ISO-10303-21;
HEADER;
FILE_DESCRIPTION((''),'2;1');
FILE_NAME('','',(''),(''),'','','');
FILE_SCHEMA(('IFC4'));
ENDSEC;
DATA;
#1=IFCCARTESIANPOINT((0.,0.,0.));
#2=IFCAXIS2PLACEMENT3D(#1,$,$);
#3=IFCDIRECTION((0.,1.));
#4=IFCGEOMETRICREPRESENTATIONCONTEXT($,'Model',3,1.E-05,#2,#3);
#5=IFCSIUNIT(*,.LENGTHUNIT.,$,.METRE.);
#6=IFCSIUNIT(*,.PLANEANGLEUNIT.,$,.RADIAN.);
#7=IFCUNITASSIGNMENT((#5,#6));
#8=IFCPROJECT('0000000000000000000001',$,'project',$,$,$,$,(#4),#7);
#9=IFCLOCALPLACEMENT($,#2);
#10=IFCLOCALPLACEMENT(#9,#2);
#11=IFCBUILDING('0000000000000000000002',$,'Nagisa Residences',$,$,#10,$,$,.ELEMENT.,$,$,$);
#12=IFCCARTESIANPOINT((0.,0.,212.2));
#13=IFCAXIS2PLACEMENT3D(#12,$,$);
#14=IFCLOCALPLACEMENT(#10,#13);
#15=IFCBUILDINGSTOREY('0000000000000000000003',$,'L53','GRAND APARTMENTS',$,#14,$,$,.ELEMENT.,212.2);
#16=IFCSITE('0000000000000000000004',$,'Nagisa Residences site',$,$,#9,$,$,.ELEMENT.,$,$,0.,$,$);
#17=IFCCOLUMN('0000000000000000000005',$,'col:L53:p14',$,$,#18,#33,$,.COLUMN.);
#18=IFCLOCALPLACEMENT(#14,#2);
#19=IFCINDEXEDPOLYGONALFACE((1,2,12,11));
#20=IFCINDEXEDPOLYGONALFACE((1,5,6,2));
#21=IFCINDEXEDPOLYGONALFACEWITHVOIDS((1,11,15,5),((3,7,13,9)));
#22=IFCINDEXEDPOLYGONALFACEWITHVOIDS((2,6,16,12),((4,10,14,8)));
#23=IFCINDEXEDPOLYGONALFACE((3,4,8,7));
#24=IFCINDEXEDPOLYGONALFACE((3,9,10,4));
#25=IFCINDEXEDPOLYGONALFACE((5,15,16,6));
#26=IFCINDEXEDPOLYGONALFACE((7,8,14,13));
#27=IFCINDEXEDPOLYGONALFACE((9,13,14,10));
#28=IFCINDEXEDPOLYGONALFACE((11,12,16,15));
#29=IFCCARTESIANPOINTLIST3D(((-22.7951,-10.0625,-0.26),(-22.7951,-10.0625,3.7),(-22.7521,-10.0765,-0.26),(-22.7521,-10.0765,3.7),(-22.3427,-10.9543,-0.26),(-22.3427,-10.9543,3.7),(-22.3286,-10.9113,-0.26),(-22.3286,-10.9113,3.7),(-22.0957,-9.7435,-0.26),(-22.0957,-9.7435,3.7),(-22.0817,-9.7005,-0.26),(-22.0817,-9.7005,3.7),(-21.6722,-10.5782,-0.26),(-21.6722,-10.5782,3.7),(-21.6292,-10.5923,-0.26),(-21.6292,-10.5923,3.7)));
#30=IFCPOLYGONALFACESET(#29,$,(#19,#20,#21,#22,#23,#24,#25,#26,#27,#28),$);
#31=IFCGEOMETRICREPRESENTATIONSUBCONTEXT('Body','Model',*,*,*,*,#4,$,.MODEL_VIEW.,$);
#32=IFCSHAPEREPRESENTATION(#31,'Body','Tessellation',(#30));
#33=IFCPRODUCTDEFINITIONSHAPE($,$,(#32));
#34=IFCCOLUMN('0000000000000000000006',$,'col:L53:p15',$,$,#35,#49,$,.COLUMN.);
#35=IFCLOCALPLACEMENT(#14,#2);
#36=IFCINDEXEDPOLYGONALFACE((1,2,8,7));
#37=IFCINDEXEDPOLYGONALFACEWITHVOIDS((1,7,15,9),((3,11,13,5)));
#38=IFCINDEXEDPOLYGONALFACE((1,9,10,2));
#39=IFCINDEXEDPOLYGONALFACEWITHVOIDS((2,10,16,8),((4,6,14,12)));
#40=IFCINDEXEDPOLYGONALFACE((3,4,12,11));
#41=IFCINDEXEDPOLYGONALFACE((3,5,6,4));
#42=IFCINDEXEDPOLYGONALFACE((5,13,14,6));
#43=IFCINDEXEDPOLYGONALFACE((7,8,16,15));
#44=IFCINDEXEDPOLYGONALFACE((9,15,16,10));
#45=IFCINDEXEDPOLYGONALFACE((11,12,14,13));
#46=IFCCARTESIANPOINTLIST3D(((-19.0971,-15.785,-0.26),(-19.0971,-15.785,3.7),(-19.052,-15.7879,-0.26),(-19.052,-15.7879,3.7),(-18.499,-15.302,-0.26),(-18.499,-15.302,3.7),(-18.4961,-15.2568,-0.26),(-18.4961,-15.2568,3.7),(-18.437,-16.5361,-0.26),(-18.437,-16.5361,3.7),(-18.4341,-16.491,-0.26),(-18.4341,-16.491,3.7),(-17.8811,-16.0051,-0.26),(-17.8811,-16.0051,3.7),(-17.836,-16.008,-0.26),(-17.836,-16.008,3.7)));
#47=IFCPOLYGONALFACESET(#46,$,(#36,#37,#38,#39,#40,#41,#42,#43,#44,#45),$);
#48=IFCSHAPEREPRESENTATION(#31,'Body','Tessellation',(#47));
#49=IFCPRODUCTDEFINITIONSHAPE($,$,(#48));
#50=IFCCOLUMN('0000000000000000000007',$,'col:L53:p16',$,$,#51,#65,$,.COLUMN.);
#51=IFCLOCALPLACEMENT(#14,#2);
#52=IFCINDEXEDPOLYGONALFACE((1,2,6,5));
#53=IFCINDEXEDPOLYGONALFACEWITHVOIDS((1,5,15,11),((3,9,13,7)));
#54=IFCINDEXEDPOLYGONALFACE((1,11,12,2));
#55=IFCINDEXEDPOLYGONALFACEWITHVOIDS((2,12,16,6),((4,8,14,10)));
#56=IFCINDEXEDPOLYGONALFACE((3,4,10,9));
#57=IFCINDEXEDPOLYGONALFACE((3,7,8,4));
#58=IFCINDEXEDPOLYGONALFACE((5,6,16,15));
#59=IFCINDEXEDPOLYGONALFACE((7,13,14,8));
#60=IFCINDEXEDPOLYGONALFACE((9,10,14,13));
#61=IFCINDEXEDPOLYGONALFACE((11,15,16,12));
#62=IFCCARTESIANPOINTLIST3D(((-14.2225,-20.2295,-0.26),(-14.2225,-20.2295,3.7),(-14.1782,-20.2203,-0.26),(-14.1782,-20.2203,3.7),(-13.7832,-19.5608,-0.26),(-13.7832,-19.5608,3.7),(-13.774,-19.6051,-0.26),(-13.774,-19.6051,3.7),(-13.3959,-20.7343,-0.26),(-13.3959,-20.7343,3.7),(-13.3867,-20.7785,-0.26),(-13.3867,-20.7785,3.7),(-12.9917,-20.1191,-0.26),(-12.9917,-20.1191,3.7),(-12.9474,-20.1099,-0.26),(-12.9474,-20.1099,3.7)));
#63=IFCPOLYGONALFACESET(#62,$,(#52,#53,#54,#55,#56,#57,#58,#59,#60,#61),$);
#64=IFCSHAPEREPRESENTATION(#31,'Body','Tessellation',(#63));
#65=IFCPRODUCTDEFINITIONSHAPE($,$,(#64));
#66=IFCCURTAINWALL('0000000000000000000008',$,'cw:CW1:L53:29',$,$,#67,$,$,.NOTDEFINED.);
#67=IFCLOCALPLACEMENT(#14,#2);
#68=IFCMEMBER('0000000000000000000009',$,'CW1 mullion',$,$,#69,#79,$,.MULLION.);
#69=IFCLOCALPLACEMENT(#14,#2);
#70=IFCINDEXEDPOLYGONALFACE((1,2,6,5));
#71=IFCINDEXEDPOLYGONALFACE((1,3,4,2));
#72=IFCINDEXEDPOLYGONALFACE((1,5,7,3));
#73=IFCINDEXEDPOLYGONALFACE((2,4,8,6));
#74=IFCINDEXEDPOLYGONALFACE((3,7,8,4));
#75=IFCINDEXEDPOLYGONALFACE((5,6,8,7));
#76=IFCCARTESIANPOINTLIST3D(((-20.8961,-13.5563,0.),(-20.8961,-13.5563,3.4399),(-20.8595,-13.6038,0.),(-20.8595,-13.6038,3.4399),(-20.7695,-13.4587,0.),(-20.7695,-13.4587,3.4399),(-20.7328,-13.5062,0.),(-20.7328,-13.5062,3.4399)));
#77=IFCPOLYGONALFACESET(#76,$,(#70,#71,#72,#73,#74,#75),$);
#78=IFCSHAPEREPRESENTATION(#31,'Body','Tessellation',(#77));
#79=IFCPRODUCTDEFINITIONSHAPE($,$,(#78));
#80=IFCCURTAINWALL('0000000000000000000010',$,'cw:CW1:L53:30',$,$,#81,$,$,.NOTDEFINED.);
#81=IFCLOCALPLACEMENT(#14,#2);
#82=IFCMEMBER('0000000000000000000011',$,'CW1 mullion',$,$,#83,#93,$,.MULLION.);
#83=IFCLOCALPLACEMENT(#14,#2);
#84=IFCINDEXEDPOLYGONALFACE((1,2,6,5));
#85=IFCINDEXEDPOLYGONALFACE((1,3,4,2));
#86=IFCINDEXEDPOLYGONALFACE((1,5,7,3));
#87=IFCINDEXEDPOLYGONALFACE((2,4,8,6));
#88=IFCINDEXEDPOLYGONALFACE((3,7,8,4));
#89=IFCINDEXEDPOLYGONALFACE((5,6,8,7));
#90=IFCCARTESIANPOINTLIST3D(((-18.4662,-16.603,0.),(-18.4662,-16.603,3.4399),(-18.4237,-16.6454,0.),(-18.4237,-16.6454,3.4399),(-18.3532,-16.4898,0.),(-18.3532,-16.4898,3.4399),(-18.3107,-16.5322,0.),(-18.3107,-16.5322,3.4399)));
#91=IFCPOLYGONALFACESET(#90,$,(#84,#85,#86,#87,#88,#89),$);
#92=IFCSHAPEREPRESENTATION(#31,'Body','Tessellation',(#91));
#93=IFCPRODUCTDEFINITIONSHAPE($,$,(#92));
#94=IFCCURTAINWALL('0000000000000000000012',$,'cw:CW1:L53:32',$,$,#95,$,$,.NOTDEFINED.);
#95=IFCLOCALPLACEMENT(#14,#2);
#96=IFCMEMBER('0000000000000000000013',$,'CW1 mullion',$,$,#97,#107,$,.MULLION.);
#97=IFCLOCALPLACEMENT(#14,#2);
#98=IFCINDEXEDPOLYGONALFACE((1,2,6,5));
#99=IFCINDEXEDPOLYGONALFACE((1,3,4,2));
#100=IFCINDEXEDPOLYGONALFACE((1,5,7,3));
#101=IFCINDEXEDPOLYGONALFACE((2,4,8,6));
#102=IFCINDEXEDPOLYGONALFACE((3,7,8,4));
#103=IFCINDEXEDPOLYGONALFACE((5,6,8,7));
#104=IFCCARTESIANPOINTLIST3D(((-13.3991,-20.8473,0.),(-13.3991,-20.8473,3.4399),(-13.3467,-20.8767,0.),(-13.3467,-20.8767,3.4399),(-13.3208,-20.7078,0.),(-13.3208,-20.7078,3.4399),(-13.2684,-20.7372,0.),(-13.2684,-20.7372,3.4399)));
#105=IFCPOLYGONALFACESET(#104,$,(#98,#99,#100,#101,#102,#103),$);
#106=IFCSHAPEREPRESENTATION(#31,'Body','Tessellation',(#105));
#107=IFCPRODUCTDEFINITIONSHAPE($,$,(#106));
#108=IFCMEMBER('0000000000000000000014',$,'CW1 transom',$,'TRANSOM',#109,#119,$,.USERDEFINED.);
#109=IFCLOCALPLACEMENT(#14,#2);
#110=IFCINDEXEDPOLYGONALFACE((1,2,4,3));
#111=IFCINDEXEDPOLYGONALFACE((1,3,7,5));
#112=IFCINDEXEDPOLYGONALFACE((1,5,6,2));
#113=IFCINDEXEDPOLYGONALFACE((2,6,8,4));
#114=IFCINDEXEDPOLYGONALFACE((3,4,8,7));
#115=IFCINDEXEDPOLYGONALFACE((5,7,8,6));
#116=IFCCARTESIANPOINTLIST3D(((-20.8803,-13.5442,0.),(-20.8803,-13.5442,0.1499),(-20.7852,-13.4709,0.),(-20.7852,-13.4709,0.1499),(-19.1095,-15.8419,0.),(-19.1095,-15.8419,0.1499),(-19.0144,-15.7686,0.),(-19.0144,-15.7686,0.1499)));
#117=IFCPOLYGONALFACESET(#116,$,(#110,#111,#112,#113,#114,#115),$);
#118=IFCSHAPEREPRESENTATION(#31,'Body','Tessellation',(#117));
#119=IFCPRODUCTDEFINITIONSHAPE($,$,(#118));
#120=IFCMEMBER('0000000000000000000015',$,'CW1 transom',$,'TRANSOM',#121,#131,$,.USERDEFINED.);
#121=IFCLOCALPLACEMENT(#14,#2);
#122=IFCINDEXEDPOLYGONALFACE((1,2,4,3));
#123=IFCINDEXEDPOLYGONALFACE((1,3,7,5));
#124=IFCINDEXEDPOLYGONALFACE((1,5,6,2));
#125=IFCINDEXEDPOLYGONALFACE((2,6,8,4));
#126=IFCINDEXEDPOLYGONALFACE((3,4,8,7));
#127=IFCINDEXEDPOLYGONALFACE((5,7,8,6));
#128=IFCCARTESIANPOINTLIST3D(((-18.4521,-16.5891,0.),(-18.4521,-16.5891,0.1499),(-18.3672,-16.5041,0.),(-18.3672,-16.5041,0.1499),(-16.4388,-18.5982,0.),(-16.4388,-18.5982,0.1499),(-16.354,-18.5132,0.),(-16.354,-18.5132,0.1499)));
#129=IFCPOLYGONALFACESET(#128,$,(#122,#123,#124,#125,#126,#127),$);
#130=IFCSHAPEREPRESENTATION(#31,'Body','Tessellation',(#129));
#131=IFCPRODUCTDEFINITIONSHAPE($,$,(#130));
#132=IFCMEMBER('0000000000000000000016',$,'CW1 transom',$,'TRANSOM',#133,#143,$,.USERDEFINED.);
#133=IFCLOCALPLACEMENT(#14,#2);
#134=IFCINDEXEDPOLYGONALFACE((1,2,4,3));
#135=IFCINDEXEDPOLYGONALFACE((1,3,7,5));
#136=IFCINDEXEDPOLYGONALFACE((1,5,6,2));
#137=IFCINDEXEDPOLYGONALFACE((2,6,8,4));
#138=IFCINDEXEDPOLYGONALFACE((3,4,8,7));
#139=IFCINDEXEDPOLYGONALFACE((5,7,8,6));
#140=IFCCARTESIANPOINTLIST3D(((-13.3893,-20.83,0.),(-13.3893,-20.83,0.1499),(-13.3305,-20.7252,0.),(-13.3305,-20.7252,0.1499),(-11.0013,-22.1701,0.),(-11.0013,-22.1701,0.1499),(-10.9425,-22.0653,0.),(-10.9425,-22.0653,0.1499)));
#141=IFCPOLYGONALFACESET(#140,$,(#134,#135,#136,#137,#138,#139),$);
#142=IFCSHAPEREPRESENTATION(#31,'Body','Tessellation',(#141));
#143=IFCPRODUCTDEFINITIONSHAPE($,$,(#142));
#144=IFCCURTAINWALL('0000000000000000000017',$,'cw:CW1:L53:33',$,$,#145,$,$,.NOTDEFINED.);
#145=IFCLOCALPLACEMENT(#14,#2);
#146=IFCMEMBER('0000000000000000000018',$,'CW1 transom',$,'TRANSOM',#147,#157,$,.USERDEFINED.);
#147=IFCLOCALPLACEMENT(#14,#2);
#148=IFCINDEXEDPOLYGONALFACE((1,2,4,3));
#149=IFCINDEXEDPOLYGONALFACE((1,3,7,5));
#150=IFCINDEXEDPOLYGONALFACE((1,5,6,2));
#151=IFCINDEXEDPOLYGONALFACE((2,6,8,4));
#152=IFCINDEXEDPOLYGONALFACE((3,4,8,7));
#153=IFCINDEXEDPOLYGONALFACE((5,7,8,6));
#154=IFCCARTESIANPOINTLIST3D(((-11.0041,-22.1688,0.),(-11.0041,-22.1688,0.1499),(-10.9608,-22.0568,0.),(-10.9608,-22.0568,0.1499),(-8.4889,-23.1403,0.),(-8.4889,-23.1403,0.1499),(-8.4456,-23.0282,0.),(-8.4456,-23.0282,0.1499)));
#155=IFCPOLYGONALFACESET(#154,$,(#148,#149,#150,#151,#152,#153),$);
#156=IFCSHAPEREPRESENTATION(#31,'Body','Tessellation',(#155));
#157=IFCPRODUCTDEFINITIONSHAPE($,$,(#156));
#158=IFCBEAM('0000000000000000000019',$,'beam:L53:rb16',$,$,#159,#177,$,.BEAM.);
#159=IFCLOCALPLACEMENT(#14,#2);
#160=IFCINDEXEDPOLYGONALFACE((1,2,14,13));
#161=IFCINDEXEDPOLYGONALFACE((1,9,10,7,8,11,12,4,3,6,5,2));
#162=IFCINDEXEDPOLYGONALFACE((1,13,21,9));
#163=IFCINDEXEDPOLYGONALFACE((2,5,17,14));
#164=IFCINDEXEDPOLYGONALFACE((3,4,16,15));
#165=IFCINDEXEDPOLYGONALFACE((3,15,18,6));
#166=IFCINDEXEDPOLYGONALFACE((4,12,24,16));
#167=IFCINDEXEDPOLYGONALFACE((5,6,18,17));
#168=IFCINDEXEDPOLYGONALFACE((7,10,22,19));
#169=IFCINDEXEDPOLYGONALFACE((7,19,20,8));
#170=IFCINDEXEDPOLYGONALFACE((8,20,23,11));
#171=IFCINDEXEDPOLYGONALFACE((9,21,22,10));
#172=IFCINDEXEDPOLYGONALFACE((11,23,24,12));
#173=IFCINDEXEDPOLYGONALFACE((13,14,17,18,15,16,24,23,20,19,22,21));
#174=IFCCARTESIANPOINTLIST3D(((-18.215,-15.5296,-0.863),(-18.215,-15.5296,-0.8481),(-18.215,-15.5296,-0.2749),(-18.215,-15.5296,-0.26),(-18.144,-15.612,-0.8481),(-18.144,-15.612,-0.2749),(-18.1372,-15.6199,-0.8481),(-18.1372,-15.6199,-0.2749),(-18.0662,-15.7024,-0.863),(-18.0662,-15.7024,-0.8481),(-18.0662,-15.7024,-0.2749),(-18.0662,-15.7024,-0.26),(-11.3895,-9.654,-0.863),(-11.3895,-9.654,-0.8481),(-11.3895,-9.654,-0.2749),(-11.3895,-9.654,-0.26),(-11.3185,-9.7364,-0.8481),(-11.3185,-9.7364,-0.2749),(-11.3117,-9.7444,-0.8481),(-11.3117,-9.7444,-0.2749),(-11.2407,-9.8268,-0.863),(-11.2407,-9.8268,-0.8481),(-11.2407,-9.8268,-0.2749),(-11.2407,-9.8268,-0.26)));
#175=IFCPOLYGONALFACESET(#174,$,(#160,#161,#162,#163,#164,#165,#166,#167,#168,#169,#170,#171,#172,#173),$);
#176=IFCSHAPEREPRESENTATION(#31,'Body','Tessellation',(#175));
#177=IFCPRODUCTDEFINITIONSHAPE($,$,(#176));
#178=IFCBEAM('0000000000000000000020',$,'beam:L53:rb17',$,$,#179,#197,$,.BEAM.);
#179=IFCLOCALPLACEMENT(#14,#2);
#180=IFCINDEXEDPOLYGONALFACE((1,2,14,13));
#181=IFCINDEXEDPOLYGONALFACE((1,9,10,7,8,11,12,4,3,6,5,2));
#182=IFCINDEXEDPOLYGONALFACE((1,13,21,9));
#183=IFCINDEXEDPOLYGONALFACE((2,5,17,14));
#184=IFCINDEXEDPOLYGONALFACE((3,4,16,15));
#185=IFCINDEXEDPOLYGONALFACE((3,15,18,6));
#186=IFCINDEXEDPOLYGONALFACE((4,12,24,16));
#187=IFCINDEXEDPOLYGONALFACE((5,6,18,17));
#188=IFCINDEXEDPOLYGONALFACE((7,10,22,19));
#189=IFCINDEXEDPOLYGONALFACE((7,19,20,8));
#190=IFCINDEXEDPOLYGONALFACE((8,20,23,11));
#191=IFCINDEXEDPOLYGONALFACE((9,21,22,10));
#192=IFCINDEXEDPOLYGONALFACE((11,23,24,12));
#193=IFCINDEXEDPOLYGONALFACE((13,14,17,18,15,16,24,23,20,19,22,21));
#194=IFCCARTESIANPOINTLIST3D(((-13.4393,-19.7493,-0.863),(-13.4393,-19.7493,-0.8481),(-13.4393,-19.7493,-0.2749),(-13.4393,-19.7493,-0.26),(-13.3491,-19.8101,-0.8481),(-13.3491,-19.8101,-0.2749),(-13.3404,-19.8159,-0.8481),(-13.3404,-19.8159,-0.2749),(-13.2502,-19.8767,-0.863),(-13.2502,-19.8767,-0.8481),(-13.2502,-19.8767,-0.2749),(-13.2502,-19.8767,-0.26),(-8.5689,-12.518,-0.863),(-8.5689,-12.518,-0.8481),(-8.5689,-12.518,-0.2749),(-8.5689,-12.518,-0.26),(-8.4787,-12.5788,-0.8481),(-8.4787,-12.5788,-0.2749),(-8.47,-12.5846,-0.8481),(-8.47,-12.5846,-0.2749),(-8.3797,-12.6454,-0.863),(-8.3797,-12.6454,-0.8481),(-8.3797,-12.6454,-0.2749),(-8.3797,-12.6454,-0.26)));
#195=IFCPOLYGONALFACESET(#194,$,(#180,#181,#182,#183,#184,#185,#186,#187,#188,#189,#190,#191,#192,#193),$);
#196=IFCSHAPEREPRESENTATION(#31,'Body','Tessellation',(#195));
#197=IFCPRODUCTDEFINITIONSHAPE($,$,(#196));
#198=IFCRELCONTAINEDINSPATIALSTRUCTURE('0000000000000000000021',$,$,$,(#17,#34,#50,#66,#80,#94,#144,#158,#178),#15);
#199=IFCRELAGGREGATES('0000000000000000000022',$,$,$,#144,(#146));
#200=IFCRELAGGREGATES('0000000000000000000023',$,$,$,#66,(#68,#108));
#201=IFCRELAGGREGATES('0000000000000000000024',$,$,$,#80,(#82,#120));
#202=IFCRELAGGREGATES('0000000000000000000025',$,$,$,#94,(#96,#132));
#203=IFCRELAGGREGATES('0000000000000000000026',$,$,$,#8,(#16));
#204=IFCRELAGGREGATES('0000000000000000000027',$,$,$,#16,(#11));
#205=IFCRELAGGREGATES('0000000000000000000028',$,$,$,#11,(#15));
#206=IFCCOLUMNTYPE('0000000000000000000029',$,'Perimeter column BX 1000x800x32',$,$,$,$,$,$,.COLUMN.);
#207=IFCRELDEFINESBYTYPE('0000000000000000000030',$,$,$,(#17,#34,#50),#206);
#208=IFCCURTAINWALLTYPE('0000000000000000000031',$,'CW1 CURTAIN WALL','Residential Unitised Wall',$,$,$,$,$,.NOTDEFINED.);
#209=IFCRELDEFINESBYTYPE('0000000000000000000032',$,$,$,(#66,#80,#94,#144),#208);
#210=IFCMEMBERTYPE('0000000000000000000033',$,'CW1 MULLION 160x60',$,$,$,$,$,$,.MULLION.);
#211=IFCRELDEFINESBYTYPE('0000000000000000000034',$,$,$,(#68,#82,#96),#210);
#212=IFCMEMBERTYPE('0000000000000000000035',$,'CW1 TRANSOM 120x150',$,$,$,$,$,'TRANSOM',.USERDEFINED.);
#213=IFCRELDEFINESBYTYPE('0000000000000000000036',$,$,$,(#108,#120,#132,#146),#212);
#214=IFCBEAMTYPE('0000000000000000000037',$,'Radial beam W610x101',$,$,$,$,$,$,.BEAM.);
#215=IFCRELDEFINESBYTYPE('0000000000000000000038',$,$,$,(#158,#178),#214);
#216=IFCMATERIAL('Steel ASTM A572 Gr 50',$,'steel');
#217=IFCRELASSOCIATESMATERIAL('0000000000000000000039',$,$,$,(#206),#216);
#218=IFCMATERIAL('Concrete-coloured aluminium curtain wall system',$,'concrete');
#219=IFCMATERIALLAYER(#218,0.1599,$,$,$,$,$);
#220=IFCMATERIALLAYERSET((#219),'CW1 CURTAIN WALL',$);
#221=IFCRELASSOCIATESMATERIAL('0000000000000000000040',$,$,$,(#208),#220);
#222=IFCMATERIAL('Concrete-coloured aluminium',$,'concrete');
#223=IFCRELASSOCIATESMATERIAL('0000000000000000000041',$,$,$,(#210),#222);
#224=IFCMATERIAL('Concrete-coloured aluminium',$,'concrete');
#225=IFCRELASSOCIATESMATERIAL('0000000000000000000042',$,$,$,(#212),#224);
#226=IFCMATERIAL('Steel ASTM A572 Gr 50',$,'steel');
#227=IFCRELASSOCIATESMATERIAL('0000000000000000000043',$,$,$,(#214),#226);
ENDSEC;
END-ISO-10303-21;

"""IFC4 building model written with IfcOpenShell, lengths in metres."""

from ifc_helpers import new_model, si_unit, direction, frame, origin, origin_2d, place, context, subcontext, project, spatial, rectangle, hollow_rectangle, i_section, extrude, material, layer, layer_set, material_profile, profile_set, type_object, element, aggregate, save


model = new_model("IFC4")

# Units and contexts
model_context = context("Model", 3, precision=1e-05, world=origin(), true_north=direction((0.0, 1.0)))
body_context = subcontext(model_context, "Body", "Model", "MODEL_VIEW")
ifc_project = project(units=[si_unit("LENGTHUNIT", "METRE"), si_unit("PLANEANGLEUNIT", "RADIAN")], contexts=[model_context])

# Site, building, storey
site_placement = place(None, origin())
site = spatial("IfcSite", under=ifc_project, at=site_placement, Name="Nagisa Residences site", CompositionType="ELEMENT", RefElevation=0.0)
building_placement = place(site_placement, origin())
building = spatial("IfcBuilding", under=site, at=building_placement, Name="Nagisa Residences", CompositionType="ELEMENT")
storey_placement = place(building_placement, frame((0.0, 0.0, 212.2)))
storey = spatial("IfcBuildingStorey", under=building, at=storey_placement, Name="L53", Description="GRAND APARTMENTS", CompositionType="ELEMENT", Elevation=212.2)

# Columns
ifc_material_1 = material(Name="Steel ASTM A572 Gr 50", Category="steel")
ifc_material_profile_1 = material_profile(ifc_material_1, hollow_rectangle(XDim=1.0, YDim=0.8, WallThickness=0.032, at=origin_2d()), Name="BX 1000x800x32")
ifc_profile_set_1 = profile_set([ifc_material_profile_1], Name="Steel ASTM A572 Gr 50")
column_type = type_object("IfcColumnType", Name="Perimeter column BX 1000x800x32", PredefinedType="COLUMN", material=ifc_profile_set_1)
for number, where, z_axis, x_axis, name in (
    (1, (-22.2122, -10.3274, -0.26), (0.0, 0.0, 1.0), (0.452463, -0.891783, 0.0), "col:L53:p14"),
    (2, (-18.4666, -15.8965, -0.26), (0.0, 0.0, 1.0), (0.660115, -0.751165, 0.0), "col:L53:p15"),
    (3, (-13.585, -20.1697, -0.26), (0.0, 0.0, 1.0), (0.835766, -0.549086, 0.0), "col:L53:p16"),
):
    element("IfcColumn", number, at=place(storey_placement, frame(where, z_axis=z_axis, x_axis=x_axis)), inside=storey, type_object=column_type, Name=name, PredefinedType="COLUMN", context=body_context, shape_type="SweptSolid", body=[
        extrude(hollow_rectangle(XDim=1.0, YDim=0.8, WallThickness=0.032, at=origin_2d()), origin(), (0.0, 0.0, 1.0), 3.96),
    ])

# Curtain walls, members
ifc_material_2 = material(Name="Concrete-coloured aluminium curtain wall system", Category="concrete")
ifc_layer_1 = layer(ifc_material_2, 0.1599)
ifc_layer_set_1 = layer_set([ifc_layer_1], Name="CW1 CURTAIN WALL")
curtain_wall_type = type_object("IfcCurtainWallType", Name="CW1 CURTAIN WALL", Description="Residential Unitised Wall", PredefinedType="NOTDEFINED", material=ifc_layer_set_1)
curtain_wall_1_placement = place(storey_placement, origin())
curtain_wall_1 = element("IfcCurtainWall", 4, at=curtain_wall_1_placement, inside=storey, type_object=curtain_wall_type, Name="cw:CW1:L53:29", PredefinedType="NOTDEFINED")
ifc_material_3 = material(Name="Concrete-coloured aluminium", Category="concrete")
ifc_material_profile_2 = material_profile(ifc_material_3, rectangle(XDim=0.1599, YDim=0.0601, at=origin_2d()), Name="CW1 MULLION 160x60")
ifc_profile_set_2 = profile_set([ifc_material_profile_2], Name="Concrete-coloured aluminium")
member_type_1 = type_object("IfcMemberType", Name="CW1 MULLION 160x60", PredefinedType="MULLION", material=ifc_profile_set_2)
member_1_placement = place(storey_placement, frame((-20.8145, -13.5312, 0.0), z_axis=(0.0, 0.0, 1.0), x_axis=(0.79207, 0.61043, 0.0)))
member_1 = element("IfcMember", 5, at=member_1_placement, type_object=member_type_1, Name="CW1 mullion", PredefinedType="MULLION", context=body_context, shape_type="SweptSolid", body=[
    extrude(rectangle(XDim=0.1599, YDim=0.0601, at=origin_2d()), origin(), (0.0, 0.0, 1.0), 3.4399),
])
curtain_wall_2_placement = place(storey_placement, origin())
curtain_wall_2 = element("IfcCurtainWall", 6, at=curtain_wall_2_placement, inside=storey, type_object=curtain_wall_type, Name="cw:CW1:L53:30", PredefinedType="NOTDEFINED")
member_2_placement = place(storey_placement, frame((-18.3884, -16.5676, 0.0), z_axis=(0.0, 0.0, 1.0), x_axis=(0.706377, 0.707836, 0.0)))
member_2 = element("IfcMember", 7, at=member_2_placement, type_object=member_type_1, Name="CW1 mullion", PredefinedType="MULLION", context=body_context, shape_type="SweptSolid", body=[
    extrude(rectangle(XDim=0.1599, YDim=0.0601, at=origin_2d()), origin(), (0.0, 0.0, 1.0), 3.4399),
])
curtain_wall_3_placement = place(storey_placement, origin())
curtain_wall_3 = element("IfcCurtainWall", 8, at=curtain_wall_3_placement, inside=storey, type_object=curtain_wall_type, Name="cw:CW1:L53:32", PredefinedType="NOTDEFINED")
member_3_placement = place(storey_placement, frame((-13.3337, -20.7922, 0.0), z_axis=(0.0, 0.0, 1.0), x_axis=(0.489377, 0.872072, 0.0)))
member_3 = element("IfcMember", 9, at=member_3_placement, type_object=member_type_1, Name="CW1 mullion", PredefinedType="MULLION", context=body_context, shape_type="SweptSolid", body=[
    extrude(rectangle(XDim=0.1599, YDim=0.0601, at=origin_2d()), origin(), (0.0, 0.0, 1.0), 3.4399),
])

# Members
ifc_material_4 = material(Name="Concrete-coloured aluminium", Category="concrete")
ifc_material_profile_3 = material_profile(ifc_material_4, rectangle(XDim=0.1201, YDim=0.1499, at=origin_2d()), Name="CW1 TRANSOM 120x150")
ifc_profile_set_3 = profile_set([ifc_material_profile_3], Name="Concrete-coloured aluminium")
member_type_2 = type_object("IfcMemberType", Name="CW1 TRANSOM 120x150", ElementType="TRANSOM", PredefinedType="USERDEFINED", material=ifc_profile_set_3)
member_4_placement = place(storey_placement, frame((-20.8328, -13.5076, 0.075), z_axis=(0.610439, -0.792064, 0.0), x_axis=(0.792064, 0.610439, 0.0)))
member_4 = element("IfcMember", 10, at=member_4_placement, type_object=member_type_2, Name="CW1 transom", ObjectType="TRANSOM", PredefinedType="USERDEFINED", context=body_context, shape_type="SweptSolid", body=[
    extrude(rectangle(XDim=0.1201, YDim=0.1499, at=origin_2d()), origin(), (0.0, 0.0, 1.0), 2.9009),
])
member_5_placement = place(storey_placement, frame((-18.4097, -16.5466, 0.075), z_axis=(0.707836, -0.706377, 0.0), x_axis=(0.706377, 0.707836, 0.0)))
member_5 = element("IfcMember", 11, at=member_5_placement, type_object=member_type_2, Name="CW1 transom", ObjectType="TRANSOM", PredefinedType="USERDEFINED", context=body_context, shape_type="SweptSolid", body=[
    extrude(rectangle(XDim=0.1201, YDim=0.1499, at=origin_2d()), origin(), (0.0, 0.0, 1.0), 2.8442),
])
member_6_placement = place(storey_placement, frame((-13.3599, -20.7776, 0.075), z_axis=(0.872063, -0.489393, 0.0), x_axis=(0.489393, 0.872063, 0.0)))
member_6 = element("IfcMember", 12, at=member_6_placement, type_object=member_type_2, Name="CW1 transom", ObjectType="TRANSOM", PredefinedType="USERDEFINED", context=body_context, shape_type="SweptSolid", body=[
    extrude(rectangle(XDim=0.1201, YDim=0.1499, at=origin_2d()), origin(), (0.0, 0.0, 1.0), 2.7383),
])

# Curtain wall, member
curtain_wall_4_placement = place(storey_placement, origin())
curtain_wall_4 = element("IfcCurtainWall", 13, at=curtain_wall_4_placement, inside=storey, type_object=curtain_wall_type, Name="cw:CW1:L53:33", PredefinedType="NOTDEFINED")
member_7_placement = place(storey_placement, frame((-10.9824, -22.1128, 0.075), z_axis=(0.932838, -0.360295, 0.0), x_axis=(0.360295, 0.932838, 0.0)))
member_7 = element("IfcMember", 14, at=member_7_placement, type_object=member_type_2, Name="CW1 transom", ObjectType="TRANSOM", PredefinedType="USERDEFINED", context=body_context, shape_type="SweptSolid", body=[
    extrude(rectangle(XDim=0.1201, YDim=0.1499, at=origin_2d()), origin(), (0.0, 0.0, 1.0), 2.6963),
])
aggregate(curtain_wall_4, [member_7])

# Beams
ifc_material_5 = material(Name="Steel ASTM A572 Gr 50", Category="steel")
ifc_material_profile_4 = material_profile(ifc_material_5, i_section(OverallWidth=0.228, OverallDepth=0.603, WebThickness=0.0105, FlangeThickness=0.0149, at=origin_2d()), Name="W610x101")
ifc_profile_set_4 = profile_set([ifc_material_profile_4], Name="Steel ASTM A572 Gr 50")
beam_type = type_object("IfcBeamType", Name="Radial beam W610x101", PredefinedType="BEAM", material=ifc_profile_set_4)
beam_1_placement = place(storey_placement, frame((-18.1406, -15.616, -0.5615), z_axis=(0.757877, 0.652397, 0.0), x_axis=(-0.652397, 0.757877, 0.0)))
element("IfcBeam", 15, at=beam_1_placement, inside=storey, type_object=beam_type, Name="beam:L53:rb16", PredefinedType="BEAM", context=body_context, shape_type="SweptSolid", body=[
    extrude(i_section(OverallWidth=0.228, OverallDepth=0.603, WebThickness=0.0105, FlangeThickness=0.0149, at=origin_2d()), origin(), (0.0, 0.0, 1.0), 9.0061),
])
beam_2_placement = place(storey_placement, frame((-13.3447, -19.813, -0.5615), z_axis=(0.558629, 0.829417, 0.0), x_axis=(-0.829417, 0.558629, 0.0)))
element("IfcBeam", 16, at=beam_2_placement, inside=storey, type_object=beam_type, Name="beam:L53:rb17", PredefinedType="BEAM", context=body_context, shape_type="SweptSolid", body=[
    extrude(i_section(OverallWidth=0.228, OverallDepth=0.603, WebThickness=0.0105, FlangeThickness=0.0149, at=origin_2d()), origin(), (0.0, 0.0, 1.0), 8.7185),
])

aggregate(curtain_wall_1, [member_1, member_4])
aggregate(curtain_wall_2, [member_2, member_5])
aggregate(curtain_wall_3, [member_3, member_6])

save(model, "model.ifc")
